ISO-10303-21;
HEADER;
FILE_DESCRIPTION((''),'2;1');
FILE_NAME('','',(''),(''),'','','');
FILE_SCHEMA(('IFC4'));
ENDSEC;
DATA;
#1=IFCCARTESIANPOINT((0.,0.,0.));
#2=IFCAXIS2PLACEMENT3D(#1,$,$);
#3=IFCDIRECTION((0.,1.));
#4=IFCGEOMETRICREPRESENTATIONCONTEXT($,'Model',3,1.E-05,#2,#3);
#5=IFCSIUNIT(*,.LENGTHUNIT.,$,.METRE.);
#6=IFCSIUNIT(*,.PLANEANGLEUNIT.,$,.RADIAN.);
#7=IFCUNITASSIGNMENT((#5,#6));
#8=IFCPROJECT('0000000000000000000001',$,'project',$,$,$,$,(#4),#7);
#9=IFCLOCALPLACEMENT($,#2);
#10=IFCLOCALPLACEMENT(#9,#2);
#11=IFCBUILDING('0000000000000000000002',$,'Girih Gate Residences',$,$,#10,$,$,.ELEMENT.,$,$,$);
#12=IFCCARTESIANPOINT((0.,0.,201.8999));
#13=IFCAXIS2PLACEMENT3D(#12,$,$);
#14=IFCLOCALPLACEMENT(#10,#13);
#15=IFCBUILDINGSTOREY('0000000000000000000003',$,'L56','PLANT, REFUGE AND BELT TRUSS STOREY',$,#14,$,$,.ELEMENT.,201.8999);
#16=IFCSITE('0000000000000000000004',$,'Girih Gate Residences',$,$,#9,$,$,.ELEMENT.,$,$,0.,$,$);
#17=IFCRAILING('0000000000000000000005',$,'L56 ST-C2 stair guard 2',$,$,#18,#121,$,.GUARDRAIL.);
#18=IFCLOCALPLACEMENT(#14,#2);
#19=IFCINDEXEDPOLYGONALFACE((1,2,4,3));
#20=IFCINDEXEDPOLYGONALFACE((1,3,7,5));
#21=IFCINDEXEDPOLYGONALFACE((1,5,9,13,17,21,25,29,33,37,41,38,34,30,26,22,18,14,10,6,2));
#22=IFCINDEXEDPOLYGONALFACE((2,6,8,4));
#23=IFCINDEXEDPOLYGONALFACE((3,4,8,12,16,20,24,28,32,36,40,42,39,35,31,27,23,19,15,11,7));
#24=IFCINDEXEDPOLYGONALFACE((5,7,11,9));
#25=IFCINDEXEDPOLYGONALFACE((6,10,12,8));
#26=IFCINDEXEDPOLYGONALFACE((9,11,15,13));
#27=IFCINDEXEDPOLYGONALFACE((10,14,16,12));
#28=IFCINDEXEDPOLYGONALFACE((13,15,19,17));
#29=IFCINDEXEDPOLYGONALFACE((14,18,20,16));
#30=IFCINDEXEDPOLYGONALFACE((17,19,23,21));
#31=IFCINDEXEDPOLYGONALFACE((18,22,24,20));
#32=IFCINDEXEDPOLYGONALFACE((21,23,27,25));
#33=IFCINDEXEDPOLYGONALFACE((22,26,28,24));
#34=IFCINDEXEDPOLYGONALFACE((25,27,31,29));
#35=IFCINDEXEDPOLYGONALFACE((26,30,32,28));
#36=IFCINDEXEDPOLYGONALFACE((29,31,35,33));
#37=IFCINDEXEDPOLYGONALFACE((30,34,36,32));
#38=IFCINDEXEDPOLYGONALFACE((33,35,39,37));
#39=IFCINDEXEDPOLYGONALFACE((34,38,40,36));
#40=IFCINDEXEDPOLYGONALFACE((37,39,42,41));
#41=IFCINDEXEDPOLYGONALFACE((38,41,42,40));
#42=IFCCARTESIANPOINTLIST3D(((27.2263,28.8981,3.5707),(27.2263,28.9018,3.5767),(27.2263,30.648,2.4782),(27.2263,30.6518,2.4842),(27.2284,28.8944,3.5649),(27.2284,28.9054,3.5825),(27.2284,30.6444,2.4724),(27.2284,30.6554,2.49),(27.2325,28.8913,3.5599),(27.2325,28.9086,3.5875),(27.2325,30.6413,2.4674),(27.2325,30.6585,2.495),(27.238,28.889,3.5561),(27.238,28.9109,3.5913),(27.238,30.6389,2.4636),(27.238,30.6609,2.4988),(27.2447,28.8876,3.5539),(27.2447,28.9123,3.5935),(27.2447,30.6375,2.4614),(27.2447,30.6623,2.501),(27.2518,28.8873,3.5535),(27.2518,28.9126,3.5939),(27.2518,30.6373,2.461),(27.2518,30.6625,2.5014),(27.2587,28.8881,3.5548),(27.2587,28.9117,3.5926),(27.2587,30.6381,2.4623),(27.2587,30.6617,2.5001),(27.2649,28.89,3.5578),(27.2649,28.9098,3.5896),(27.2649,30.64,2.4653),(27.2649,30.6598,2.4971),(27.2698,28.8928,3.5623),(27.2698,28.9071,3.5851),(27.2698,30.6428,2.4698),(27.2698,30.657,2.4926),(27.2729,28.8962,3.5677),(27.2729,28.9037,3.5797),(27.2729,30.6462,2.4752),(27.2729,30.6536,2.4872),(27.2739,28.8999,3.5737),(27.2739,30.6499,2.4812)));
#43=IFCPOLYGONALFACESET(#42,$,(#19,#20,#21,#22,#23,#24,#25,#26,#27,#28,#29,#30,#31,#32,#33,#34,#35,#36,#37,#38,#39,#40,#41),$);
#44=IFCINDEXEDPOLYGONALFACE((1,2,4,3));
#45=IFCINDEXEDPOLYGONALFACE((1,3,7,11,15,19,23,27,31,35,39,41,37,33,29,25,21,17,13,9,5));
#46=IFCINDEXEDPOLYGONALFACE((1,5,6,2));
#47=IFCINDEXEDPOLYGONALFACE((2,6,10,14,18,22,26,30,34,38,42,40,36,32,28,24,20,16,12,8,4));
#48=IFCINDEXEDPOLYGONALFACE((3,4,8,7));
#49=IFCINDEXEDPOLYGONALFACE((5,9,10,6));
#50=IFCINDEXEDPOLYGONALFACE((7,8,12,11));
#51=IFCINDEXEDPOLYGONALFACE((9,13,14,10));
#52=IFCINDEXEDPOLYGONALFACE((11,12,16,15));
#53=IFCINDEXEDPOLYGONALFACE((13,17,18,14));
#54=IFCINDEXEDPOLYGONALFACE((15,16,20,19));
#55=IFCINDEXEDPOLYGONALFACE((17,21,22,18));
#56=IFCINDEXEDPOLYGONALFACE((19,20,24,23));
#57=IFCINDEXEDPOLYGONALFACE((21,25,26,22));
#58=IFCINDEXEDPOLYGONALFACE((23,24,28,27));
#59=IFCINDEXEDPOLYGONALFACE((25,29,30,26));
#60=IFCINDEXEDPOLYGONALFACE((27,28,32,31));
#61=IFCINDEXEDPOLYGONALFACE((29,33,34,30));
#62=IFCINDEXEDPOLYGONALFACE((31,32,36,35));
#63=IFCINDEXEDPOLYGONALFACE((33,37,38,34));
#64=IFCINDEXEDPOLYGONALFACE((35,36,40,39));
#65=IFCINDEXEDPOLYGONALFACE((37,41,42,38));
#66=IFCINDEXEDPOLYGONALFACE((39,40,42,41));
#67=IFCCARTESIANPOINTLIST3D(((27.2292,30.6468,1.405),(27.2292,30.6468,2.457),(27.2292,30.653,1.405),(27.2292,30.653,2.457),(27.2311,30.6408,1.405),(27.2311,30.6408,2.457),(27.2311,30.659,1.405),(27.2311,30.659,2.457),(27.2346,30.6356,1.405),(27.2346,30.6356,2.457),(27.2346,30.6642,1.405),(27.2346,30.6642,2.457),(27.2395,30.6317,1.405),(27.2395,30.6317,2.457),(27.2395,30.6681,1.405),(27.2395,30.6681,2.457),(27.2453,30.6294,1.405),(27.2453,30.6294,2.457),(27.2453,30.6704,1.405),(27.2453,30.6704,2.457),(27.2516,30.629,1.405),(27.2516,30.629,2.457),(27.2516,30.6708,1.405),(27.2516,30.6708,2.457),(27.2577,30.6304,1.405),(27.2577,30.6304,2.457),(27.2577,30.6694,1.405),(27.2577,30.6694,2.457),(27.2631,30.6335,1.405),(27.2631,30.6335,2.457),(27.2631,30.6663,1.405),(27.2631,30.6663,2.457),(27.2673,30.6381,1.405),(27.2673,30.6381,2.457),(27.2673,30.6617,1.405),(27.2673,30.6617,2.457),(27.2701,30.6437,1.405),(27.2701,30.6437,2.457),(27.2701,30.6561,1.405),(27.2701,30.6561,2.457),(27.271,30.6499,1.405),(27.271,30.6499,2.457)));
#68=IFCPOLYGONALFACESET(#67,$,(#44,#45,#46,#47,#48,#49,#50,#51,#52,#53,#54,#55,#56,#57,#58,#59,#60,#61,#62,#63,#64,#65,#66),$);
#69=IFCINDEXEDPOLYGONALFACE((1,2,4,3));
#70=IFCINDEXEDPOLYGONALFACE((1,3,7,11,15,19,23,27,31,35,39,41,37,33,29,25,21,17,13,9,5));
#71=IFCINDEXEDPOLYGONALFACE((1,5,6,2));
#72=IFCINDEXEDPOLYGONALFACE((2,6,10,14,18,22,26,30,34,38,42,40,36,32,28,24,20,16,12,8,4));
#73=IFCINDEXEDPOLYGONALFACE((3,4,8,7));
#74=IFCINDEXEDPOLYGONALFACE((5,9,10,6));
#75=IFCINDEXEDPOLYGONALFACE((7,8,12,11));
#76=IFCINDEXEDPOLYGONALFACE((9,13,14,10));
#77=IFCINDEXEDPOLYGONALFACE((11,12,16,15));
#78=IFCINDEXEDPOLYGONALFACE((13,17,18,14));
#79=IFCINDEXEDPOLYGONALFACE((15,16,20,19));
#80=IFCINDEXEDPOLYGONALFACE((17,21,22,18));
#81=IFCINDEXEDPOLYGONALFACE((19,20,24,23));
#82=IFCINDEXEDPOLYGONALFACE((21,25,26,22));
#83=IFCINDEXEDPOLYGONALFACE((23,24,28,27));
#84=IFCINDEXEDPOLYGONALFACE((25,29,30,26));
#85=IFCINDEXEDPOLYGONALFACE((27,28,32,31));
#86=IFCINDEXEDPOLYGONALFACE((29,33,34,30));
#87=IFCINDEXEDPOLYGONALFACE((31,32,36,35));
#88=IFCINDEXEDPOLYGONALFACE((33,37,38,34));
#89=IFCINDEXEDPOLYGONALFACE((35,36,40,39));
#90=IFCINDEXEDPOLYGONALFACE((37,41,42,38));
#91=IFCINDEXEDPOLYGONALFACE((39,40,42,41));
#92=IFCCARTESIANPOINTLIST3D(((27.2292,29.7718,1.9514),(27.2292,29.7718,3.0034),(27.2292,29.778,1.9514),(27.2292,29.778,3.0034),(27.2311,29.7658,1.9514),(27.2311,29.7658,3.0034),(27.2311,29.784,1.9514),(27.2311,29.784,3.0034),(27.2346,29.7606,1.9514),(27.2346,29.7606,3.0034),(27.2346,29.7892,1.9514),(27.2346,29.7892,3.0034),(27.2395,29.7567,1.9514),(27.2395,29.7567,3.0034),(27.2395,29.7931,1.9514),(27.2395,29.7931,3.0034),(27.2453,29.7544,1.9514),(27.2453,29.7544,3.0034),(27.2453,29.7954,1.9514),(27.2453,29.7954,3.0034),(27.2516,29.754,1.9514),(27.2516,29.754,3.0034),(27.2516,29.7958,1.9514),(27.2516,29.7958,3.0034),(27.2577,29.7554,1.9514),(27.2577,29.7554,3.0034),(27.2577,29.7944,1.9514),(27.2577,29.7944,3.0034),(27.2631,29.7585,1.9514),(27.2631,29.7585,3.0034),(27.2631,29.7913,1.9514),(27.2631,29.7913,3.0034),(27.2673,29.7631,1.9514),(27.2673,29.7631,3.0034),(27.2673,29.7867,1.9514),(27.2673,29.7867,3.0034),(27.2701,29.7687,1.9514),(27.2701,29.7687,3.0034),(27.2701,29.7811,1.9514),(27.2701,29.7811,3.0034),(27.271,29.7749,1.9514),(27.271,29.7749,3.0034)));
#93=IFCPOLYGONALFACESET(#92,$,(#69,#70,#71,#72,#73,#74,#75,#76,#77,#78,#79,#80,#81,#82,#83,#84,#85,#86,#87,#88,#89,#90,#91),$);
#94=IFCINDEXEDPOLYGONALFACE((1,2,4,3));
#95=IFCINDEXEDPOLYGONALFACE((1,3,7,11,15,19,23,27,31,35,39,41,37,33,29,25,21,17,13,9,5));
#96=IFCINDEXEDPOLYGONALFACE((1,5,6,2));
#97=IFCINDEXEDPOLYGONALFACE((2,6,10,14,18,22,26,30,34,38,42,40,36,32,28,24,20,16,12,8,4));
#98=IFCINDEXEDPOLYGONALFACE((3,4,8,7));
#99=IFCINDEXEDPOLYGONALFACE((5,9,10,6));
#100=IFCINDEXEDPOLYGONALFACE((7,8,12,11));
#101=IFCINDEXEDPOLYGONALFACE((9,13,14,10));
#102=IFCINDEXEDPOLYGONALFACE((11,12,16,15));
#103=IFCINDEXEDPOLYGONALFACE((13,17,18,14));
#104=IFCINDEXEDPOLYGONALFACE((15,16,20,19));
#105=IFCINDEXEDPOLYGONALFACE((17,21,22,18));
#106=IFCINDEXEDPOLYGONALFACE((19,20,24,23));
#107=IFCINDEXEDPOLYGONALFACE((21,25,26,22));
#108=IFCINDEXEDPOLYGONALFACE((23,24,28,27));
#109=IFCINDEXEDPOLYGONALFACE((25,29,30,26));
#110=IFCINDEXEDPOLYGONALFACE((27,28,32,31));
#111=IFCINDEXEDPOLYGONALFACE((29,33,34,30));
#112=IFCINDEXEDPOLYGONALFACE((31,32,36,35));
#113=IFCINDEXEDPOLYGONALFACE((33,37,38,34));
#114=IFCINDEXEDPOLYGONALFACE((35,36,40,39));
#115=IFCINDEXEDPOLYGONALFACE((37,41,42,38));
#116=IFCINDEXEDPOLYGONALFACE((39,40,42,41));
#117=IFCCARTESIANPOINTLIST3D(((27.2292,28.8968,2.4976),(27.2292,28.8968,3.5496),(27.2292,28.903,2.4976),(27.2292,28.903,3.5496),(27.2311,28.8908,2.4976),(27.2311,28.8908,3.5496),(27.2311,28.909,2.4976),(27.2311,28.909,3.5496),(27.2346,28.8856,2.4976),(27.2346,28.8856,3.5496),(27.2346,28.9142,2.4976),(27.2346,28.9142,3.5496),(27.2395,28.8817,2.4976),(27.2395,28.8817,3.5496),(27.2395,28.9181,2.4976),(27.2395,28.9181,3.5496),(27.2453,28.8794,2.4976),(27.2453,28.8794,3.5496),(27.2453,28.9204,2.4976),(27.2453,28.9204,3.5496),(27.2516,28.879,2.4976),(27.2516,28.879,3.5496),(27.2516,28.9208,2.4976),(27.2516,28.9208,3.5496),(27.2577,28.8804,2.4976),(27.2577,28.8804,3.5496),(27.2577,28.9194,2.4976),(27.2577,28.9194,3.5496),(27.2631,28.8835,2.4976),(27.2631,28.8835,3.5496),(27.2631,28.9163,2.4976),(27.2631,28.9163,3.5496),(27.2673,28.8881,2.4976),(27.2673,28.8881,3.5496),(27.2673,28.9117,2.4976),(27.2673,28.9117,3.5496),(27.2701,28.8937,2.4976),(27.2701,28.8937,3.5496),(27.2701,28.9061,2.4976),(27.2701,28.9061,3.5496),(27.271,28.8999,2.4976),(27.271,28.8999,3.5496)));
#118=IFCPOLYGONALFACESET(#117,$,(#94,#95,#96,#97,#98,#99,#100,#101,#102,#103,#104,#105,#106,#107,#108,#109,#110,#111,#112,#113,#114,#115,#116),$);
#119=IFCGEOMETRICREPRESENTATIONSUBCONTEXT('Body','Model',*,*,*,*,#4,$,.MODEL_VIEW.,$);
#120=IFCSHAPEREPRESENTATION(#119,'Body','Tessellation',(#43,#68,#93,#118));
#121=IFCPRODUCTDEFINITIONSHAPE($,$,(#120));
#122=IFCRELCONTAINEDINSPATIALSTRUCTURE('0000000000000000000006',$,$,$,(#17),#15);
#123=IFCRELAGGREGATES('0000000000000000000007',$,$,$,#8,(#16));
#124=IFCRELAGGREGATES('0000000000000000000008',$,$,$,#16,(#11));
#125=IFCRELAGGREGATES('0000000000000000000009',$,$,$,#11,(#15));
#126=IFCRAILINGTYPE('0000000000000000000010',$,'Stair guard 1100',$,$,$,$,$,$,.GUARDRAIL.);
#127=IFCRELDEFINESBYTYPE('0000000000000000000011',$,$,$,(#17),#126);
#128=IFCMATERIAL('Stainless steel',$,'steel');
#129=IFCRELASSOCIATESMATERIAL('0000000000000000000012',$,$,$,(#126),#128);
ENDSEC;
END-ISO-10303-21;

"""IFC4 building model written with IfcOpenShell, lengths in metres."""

from ifc_helpers import new_model, si_unit, direction, frame, origin, origin_2d, place, context, subcontext, project, spatial, circle, extrude, material, type_object, element, save


model = new_model("IFC4")

# Units and contexts
model_context = context("Model", 3, precision=1e-05, world=origin(), true_north=direction((0.0, 1.0)))
body_context = subcontext(model_context, "Body", "Model", "MODEL_VIEW")
ifc_project = project(units=[si_unit("LENGTHUNIT", "METRE"), si_unit("PLANEANGLEUNIT", "RADIAN")], contexts=[model_context])

# Site, building, storey
site_placement = place(None, origin())
site = spatial("IfcSite", under=ifc_project, at=site_placement, Name="Girih Gate Residences", CompositionType="ELEMENT", RefElevation=0.0)
building_placement = place(site_placement, origin())
building = spatial("IfcBuilding", under=site, at=building_placement, Name="Girih Gate Residences", CompositionType="ELEMENT")
storey_placement = place(building_placement, frame((0.0, 0.0, 201.8999)))
storey = spatial("IfcBuildingStorey", under=building, at=storey_placement, Name="L56", Description="PLANT, REFUGE AND BELT TRUSS STOREY", CompositionType="ELEMENT", Elevation=201.8999)

# Railing
ifc_material_1 = material(Name="Stainless steel", Category="steel")
railing_type_1 = type_object("IfcRailingType", Name="Stair guard 1100", PredefinedType="GUARDRAIL", material=ifc_material_1)
railing_1_placement = place(storey_placement, frame((27.25, 30.6499, 1.405)))
element("IfcRailing", 1, at=railing_1_placement, inside=storey, type_object=railing_type_1, Name="L56 ST-C2 stair guard 2", PredefinedType="GUARDRAIL", context=body_context, shape_type="SweptSolid", body=[
    extrude(circle(Radius=0.0239, at=origin_2d()), frame((0.0, 0.0, 1.0762), z_axis=(0.0, -0.848264, 0.529573), x_axis=(1.0, 0.0, 0.0)), (0.0, 0.0, 1.0), 2.063),
    extrude(circle(Radius=0.021, at=origin_2d()), origin(), (0.0, 0.0, 1.0), 1.052),
    extrude(circle(Radius=0.021, at=origin_2d()), frame((0.0, -0.875, 0.5464)), (0.0, 0.0, 1.0), 1.052),
    extrude(circle(Radius=0.021, at=origin_2d()), frame((0.0, -1.75, 1.0925)), (0.0, 0.0, 1.0), 1.052),
])

save(model, "model.ifc")
